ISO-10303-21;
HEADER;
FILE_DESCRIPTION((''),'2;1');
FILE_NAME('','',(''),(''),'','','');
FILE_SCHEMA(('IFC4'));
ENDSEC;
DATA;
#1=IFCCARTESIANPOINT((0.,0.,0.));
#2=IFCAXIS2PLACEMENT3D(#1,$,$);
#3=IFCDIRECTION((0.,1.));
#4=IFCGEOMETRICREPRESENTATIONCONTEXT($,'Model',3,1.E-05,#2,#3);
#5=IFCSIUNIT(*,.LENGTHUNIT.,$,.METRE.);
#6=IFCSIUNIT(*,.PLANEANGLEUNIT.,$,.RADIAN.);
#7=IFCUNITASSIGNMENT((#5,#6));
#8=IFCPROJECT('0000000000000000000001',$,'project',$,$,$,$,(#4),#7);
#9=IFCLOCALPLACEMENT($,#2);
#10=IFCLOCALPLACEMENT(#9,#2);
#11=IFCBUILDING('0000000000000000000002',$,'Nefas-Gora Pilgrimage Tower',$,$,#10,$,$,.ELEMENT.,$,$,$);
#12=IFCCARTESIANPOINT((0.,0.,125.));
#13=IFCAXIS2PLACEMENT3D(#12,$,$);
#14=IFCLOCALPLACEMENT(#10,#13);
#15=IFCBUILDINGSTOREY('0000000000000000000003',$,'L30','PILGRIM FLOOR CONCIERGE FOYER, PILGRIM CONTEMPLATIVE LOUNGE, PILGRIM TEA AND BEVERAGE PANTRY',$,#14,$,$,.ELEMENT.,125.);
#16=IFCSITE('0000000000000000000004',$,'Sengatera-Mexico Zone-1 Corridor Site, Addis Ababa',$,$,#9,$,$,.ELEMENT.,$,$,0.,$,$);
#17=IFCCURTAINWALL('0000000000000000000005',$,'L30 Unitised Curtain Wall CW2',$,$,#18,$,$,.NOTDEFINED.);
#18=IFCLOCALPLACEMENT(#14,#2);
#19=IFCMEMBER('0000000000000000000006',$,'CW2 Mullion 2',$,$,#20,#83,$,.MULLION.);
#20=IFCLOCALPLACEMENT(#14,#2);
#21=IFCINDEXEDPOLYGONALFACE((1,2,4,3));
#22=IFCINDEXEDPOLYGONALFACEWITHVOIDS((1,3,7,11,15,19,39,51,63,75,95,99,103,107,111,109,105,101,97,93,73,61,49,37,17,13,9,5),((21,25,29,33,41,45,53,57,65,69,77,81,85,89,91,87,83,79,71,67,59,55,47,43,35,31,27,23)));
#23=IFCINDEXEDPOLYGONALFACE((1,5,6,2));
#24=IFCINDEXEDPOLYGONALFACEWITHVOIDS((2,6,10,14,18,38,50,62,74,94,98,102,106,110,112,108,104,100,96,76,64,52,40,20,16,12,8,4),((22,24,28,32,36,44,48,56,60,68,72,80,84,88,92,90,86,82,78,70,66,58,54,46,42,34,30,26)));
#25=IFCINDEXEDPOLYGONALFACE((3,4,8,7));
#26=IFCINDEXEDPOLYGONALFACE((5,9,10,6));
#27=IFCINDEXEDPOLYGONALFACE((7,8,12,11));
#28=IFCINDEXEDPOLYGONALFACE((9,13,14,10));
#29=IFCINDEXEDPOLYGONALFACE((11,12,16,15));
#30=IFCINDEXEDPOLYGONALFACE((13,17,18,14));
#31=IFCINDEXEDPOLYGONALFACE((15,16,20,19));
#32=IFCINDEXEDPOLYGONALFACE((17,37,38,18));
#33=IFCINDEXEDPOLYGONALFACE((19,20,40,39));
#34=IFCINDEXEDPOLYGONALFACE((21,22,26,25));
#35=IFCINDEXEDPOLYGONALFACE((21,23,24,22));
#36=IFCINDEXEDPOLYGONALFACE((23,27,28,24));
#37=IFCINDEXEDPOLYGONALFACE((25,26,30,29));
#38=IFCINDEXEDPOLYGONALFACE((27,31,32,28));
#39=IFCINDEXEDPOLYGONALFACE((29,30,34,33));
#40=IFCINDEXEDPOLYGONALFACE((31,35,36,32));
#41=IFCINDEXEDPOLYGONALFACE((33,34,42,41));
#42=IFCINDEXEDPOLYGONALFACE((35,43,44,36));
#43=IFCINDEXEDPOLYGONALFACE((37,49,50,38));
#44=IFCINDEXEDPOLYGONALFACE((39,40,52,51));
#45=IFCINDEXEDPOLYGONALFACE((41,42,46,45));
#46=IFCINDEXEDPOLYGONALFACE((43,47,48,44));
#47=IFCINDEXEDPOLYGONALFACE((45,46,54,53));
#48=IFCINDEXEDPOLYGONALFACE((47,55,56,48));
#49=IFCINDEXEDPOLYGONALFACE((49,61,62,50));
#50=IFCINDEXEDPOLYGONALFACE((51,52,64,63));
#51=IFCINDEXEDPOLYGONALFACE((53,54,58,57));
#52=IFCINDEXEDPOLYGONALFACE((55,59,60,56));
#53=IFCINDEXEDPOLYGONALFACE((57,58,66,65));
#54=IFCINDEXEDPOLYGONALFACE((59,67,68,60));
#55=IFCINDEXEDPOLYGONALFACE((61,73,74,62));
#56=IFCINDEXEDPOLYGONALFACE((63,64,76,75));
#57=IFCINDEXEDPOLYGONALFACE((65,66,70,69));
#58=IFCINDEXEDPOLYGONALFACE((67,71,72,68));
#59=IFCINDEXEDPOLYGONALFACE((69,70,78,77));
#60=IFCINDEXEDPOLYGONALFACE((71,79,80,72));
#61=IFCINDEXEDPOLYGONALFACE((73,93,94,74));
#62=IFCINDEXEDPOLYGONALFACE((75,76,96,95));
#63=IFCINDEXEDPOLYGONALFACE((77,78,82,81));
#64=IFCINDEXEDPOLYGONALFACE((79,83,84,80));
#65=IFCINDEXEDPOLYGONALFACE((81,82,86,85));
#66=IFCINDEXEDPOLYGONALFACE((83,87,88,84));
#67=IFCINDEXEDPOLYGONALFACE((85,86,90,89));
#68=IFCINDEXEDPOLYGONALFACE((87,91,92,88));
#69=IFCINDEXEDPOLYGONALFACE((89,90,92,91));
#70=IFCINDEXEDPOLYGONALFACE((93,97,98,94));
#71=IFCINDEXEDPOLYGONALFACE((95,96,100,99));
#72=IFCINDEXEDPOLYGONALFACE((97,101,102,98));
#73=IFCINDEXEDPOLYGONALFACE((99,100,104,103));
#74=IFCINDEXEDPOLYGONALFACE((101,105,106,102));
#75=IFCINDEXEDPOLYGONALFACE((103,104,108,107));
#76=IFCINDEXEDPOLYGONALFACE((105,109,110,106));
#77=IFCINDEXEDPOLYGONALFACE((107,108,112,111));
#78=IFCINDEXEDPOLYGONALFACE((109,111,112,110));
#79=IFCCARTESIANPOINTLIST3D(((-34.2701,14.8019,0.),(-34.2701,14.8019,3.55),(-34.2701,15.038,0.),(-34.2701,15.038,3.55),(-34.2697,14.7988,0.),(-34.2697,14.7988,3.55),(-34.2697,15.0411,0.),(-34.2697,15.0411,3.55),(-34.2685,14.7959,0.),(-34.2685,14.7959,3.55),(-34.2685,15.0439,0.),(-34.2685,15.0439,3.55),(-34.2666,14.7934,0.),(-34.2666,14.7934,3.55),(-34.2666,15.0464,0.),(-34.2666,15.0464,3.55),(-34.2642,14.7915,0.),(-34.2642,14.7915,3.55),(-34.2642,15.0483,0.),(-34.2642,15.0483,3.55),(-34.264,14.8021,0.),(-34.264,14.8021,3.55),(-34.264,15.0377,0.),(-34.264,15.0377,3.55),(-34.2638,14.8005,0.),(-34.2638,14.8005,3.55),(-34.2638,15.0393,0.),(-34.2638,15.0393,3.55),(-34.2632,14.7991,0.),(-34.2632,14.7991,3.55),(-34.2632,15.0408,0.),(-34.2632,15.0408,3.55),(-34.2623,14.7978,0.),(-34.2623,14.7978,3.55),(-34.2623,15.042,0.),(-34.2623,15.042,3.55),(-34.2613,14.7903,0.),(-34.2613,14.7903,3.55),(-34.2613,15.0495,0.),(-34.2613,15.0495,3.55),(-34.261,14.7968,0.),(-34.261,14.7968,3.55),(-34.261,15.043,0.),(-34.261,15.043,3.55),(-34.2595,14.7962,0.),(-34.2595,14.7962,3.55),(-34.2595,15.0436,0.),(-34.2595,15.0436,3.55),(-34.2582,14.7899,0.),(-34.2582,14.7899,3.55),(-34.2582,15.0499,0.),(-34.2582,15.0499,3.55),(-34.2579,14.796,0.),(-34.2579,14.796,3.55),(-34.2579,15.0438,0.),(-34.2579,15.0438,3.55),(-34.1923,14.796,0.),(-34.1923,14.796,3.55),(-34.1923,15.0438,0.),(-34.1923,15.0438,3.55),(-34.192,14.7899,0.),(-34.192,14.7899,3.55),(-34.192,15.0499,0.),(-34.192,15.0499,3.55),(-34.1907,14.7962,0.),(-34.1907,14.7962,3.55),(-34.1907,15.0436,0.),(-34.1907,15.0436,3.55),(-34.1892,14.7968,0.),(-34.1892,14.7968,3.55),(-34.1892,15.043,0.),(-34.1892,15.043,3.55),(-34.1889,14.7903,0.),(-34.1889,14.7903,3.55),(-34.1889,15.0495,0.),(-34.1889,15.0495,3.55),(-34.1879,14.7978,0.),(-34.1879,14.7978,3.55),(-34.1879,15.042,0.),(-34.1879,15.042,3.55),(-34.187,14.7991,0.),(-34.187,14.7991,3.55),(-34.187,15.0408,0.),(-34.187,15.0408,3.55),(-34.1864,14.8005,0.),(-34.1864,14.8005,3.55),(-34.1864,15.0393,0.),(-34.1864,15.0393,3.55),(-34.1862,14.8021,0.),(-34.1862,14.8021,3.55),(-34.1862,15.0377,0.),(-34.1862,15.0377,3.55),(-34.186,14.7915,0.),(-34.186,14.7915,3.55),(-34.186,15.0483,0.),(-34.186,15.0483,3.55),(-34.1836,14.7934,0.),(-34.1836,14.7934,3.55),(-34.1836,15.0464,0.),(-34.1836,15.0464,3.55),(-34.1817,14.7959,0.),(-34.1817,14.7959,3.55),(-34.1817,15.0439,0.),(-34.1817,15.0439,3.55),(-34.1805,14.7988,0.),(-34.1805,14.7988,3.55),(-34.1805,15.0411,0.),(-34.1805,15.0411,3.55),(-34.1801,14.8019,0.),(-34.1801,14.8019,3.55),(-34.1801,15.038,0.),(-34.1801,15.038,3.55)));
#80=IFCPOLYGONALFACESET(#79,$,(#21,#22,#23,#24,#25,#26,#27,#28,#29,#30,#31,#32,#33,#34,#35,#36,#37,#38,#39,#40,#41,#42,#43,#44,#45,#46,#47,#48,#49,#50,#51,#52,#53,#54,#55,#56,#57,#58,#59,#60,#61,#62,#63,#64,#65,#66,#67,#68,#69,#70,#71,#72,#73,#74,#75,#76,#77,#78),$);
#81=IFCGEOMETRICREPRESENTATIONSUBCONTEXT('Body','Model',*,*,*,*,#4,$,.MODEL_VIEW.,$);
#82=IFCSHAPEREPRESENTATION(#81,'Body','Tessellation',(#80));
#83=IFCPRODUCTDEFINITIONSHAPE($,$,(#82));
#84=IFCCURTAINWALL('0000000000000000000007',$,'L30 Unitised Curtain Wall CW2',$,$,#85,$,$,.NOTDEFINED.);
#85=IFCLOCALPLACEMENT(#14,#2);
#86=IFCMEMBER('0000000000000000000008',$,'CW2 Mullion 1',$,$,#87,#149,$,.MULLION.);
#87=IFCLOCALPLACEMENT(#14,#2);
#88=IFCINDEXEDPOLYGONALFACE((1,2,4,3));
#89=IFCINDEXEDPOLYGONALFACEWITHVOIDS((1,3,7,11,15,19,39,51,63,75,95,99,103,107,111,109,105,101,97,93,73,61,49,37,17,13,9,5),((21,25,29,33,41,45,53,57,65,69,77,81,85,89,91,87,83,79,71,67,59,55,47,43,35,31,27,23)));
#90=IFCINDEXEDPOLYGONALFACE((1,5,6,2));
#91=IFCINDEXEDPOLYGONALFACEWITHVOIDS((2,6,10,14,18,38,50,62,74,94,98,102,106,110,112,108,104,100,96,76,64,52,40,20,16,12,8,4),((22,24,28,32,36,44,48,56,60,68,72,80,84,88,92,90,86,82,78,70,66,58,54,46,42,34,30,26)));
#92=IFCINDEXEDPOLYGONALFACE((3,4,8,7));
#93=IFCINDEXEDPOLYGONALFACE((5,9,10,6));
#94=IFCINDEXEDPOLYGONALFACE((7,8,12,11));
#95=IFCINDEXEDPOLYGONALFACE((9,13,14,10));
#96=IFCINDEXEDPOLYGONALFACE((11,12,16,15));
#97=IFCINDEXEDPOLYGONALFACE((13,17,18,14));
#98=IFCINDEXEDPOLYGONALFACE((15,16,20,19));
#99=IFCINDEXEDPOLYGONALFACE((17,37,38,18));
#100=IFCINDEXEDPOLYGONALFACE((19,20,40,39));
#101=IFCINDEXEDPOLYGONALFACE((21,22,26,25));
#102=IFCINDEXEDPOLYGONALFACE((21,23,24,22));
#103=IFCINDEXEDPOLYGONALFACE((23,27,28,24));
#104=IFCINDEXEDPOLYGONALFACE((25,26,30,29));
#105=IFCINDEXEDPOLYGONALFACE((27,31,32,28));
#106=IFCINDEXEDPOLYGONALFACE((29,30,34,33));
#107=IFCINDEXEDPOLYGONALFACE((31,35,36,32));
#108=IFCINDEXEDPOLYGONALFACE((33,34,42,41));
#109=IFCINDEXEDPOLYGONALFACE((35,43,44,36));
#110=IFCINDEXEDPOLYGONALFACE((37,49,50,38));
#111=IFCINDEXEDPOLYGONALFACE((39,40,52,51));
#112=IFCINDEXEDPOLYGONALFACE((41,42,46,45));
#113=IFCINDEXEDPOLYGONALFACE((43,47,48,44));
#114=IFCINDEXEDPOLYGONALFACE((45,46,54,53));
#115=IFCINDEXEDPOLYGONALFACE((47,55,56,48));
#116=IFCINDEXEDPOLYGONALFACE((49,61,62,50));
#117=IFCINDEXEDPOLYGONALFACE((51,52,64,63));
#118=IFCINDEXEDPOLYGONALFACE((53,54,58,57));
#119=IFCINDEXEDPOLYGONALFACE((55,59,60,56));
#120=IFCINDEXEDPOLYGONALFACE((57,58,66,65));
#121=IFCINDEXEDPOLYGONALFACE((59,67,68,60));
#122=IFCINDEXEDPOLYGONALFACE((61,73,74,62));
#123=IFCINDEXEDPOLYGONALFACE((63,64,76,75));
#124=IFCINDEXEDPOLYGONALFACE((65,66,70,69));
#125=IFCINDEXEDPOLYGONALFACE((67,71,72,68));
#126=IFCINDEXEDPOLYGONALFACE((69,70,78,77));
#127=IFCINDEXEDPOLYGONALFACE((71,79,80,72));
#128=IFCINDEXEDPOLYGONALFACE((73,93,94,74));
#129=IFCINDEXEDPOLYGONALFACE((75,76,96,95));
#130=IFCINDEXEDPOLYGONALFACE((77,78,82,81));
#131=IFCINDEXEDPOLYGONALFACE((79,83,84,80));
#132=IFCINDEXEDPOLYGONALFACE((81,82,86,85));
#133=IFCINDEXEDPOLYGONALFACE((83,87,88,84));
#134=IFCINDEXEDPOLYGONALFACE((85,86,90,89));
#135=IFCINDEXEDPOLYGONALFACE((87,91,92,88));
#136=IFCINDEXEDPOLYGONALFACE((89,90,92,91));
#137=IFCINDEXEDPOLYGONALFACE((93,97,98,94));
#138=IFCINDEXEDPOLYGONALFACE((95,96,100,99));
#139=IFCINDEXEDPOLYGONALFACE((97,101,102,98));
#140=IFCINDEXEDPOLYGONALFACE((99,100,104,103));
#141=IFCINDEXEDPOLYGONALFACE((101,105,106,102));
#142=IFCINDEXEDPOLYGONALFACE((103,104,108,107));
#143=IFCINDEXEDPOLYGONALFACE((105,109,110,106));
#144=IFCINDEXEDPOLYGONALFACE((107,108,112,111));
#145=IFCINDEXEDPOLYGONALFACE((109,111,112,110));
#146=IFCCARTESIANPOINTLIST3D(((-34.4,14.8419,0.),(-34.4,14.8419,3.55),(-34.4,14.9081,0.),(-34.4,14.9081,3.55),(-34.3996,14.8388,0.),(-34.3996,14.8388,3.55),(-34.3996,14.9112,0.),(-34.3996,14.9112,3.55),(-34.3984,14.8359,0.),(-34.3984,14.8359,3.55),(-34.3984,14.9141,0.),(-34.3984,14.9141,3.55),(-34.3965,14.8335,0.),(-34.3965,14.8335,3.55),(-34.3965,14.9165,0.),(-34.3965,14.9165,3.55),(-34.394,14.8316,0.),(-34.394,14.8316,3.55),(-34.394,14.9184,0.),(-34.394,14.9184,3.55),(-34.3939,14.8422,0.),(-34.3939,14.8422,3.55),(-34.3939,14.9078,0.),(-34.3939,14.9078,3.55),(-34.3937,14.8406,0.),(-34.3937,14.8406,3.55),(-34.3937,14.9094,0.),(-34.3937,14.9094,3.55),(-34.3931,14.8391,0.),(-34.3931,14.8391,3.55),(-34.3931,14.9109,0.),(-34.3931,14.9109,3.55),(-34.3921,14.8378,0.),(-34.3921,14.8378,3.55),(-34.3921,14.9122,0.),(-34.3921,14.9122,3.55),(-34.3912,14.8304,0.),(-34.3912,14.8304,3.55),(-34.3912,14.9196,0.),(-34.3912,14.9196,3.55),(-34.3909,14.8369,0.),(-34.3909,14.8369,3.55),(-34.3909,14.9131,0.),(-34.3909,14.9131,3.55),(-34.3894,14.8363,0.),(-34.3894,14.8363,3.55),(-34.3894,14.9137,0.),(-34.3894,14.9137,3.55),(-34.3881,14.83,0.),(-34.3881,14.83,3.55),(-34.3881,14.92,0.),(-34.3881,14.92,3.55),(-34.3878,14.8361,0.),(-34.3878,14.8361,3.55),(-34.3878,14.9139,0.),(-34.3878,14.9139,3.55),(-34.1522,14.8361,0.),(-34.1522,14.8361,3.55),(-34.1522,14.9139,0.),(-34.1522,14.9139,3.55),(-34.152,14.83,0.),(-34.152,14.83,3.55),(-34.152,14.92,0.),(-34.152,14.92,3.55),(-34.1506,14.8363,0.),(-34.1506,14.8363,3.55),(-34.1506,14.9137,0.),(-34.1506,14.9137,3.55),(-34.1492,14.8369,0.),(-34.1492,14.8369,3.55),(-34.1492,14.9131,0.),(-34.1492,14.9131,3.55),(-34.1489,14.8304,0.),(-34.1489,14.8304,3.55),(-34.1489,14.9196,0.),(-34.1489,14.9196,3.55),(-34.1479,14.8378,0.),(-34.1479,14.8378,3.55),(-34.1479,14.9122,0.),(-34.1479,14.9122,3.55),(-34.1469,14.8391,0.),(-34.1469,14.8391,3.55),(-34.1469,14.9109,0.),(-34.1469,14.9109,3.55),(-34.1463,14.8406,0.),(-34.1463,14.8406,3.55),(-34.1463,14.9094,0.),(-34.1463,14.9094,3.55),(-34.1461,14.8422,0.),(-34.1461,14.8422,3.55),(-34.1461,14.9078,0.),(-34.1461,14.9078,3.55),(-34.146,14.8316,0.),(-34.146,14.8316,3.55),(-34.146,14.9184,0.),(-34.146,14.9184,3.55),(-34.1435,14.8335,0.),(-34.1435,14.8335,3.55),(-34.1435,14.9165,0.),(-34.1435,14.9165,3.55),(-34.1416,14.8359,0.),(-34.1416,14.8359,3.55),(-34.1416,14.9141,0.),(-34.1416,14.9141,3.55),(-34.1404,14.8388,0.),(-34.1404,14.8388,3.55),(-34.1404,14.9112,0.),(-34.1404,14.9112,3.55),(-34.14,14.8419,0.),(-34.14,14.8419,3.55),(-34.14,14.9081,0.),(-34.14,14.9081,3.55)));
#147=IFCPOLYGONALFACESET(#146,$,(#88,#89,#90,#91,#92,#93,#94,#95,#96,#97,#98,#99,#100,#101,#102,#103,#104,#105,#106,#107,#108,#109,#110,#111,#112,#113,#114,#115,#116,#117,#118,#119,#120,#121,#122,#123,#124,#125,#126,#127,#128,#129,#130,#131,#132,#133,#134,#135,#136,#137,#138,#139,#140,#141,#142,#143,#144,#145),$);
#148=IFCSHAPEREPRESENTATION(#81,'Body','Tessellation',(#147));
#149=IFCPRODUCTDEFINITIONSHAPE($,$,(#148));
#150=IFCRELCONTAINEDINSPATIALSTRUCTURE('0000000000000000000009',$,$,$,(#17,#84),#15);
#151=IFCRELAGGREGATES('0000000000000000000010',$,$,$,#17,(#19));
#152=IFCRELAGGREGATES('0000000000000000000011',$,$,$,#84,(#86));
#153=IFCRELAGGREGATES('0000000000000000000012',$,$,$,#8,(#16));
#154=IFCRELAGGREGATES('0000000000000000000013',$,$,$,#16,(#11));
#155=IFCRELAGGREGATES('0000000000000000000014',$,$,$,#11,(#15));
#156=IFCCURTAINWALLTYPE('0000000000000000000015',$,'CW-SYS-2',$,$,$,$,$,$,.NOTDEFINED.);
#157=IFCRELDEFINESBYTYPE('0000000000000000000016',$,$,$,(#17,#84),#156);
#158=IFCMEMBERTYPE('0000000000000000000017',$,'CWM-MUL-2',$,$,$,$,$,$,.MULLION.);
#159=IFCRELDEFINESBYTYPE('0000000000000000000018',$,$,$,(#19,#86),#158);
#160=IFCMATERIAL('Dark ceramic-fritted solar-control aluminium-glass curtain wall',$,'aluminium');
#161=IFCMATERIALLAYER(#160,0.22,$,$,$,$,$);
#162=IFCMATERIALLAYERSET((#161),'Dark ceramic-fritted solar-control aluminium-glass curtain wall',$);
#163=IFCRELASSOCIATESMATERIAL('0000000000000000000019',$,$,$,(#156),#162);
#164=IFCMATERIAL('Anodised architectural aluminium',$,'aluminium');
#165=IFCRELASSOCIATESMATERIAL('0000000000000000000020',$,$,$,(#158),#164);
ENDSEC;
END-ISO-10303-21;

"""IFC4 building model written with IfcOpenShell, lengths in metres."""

from ifc_helpers import new_model, si_unit, direction, frame, origin, origin_2d, place, context, subcontext, project, spatial, hollow_rectangle, extrude, source, transform, mapped, material, layer, layer_set, material_profile, profile_set, type_object, element, aggregate, save


model = new_model("IFC4")

# Units and contexts
model_context = context("Model", 3, precision=1e-05, world=origin(), true_north=direction((0.0, 1.0)))
body_context = subcontext(model_context, "Body", "Model", "MODEL_VIEW")
ifc_project = project(units=[si_unit("LENGTHUNIT", "METRE"), si_unit("PLANEANGLEUNIT", "RADIAN")], contexts=[model_context])

# Site, building, storey
site_placement = place(None, origin())
site = spatial("IfcSite", under=ifc_project, at=site_placement, Name="Sengatera-Mexico Zone-1 Corridor Site, Addis Ababa", CompositionType="ELEMENT", RefElevation=0.0)
building_placement = place(site_placement, origin())
building = spatial("IfcBuilding", under=site, at=building_placement, Name="Nefas-Gora Pilgrimage Tower", CompositionType="ELEMENT")
storey_placement = place(building_placement, frame((0.0, 0.0, 125.0)))
storey = spatial("IfcBuildingStorey", under=building, at=storey_placement, Name="L30", Description="PILGRIM FLOOR CONCIERGE FOYER, PILGRIM CONTEMPLATIVE LOUNGE, PILGRIM TEA AND BEVERAGE PANTRY", CompositionType="ELEMENT", Elevation=125.0)

# Shared definitions
ifc_material_1 = material(Name="Dark ceramic-fritted solar-control aluminium-glass curtain wall", Category="aluminium")
ifc_layer_1 = layer(ifc_material_1, 0.22)
ifc_layer_set_1 = layer_set([ifc_layer_1], Name="Dark ceramic-fritted solar-control aluminium-glass curtain wall")
curtain_wall_type = type_object("IfcCurtainWallType", Name="CW-SYS-2", PredefinedType="NOTDEFINED", material=ifc_layer_set_1)
ifc_material_2 = material(Name="Anodised architectural aluminium", Category="aluminium")
ifc_material_profile_1 = material_profile(ifc_material_2, hollow_rectangle(XDim=0.0901, YDim=0.26, WallThickness=0.0061, InnerFilletRadius=0.0061, OuterFilletRadius=0.012, at=origin_2d()), Name="ALU MULLION 90x260")
ifc_profile_set_1 = profile_set([ifc_material_profile_1], Name="Anodised architectural aluminium")
member_type_1 = type_object("IfcMemberType", Name="CWM-MUL-2", PredefinedType="MULLION", material=ifc_profile_set_1)
shared_shape_1 = source(origin(), body_context, "Body", "SweptSolid", [
    extrude(hollow_rectangle(XDim=0.0901, YDim=0.26, WallThickness=0.0061, InnerFilletRadius=0.0061, OuterFilletRadius=0.012, at=origin_2d()), origin(), (0.0, 0.0, 1.0), 3.55),
])

# Curtain walls, members
curtain_wall_1_placement = place(storey_placement, origin())
curtain_wall_1 = element("IfcCurtainWall", 1, at=curtain_wall_1_placement, inside=storey, type_object=curtain_wall_type, Name="L30 Unitised Curtain Wall CW2", PredefinedType="NOTDEFINED")
member_1_placement = place(storey_placement, frame((-34.2251, 14.9199, 0.0), z_axis=(0.0, 0.0, 1.0), x_axis=(-1.0, 0.0, 0.0)))
member_1 = element("IfcMember", 2, at=member_1_placement, type_object=member_type_1, Name="CW2 Mullion 2", PredefinedType="MULLION", context=body_context, shape_type="MappedRepresentation", body=[
    mapped(shared_shape_1, transform((0.0, 0.0, 0.0), x_axis=(1.0, 0.0, 0.0), y_axis=(0.0, 1.0, 0.0), z_axis=(0.0, 0.0, 1.0), scale=1.0)),
])
curtain_wall_2_placement = place(storey_placement, origin())
curtain_wall_2 = element("IfcCurtainWall", 3, at=curtain_wall_2_placement, inside=storey, type_object=curtain_wall_type, Name="L30 Unitised Curtain Wall CW2", PredefinedType="NOTDEFINED")
member_2_placement = place(storey_placement, frame((-34.27, 14.875, 0.0), z_axis=(0.0, 0.0, 1.0), x_axis=(0.0, -1.0, 0.0)))
member_2 = element("IfcMember", 4, at=member_2_placement, type_object=member_type_1, Name="CW2 Mullion 1", PredefinedType="MULLION", context=body_context, shape_type="MappedRepresentation", body=[
    mapped(shared_shape_1, transform((0.0, 0.0, 0.0), x_axis=(1.0, 0.0, 0.0), y_axis=(0.0, 1.0, 0.0), z_axis=(0.0, 0.0, 1.0), scale=1.0)),
])

aggregate(curtain_wall_1, [member_1])
aggregate(curtain_wall_2, [member_2])

save(model, "model.ifc")
